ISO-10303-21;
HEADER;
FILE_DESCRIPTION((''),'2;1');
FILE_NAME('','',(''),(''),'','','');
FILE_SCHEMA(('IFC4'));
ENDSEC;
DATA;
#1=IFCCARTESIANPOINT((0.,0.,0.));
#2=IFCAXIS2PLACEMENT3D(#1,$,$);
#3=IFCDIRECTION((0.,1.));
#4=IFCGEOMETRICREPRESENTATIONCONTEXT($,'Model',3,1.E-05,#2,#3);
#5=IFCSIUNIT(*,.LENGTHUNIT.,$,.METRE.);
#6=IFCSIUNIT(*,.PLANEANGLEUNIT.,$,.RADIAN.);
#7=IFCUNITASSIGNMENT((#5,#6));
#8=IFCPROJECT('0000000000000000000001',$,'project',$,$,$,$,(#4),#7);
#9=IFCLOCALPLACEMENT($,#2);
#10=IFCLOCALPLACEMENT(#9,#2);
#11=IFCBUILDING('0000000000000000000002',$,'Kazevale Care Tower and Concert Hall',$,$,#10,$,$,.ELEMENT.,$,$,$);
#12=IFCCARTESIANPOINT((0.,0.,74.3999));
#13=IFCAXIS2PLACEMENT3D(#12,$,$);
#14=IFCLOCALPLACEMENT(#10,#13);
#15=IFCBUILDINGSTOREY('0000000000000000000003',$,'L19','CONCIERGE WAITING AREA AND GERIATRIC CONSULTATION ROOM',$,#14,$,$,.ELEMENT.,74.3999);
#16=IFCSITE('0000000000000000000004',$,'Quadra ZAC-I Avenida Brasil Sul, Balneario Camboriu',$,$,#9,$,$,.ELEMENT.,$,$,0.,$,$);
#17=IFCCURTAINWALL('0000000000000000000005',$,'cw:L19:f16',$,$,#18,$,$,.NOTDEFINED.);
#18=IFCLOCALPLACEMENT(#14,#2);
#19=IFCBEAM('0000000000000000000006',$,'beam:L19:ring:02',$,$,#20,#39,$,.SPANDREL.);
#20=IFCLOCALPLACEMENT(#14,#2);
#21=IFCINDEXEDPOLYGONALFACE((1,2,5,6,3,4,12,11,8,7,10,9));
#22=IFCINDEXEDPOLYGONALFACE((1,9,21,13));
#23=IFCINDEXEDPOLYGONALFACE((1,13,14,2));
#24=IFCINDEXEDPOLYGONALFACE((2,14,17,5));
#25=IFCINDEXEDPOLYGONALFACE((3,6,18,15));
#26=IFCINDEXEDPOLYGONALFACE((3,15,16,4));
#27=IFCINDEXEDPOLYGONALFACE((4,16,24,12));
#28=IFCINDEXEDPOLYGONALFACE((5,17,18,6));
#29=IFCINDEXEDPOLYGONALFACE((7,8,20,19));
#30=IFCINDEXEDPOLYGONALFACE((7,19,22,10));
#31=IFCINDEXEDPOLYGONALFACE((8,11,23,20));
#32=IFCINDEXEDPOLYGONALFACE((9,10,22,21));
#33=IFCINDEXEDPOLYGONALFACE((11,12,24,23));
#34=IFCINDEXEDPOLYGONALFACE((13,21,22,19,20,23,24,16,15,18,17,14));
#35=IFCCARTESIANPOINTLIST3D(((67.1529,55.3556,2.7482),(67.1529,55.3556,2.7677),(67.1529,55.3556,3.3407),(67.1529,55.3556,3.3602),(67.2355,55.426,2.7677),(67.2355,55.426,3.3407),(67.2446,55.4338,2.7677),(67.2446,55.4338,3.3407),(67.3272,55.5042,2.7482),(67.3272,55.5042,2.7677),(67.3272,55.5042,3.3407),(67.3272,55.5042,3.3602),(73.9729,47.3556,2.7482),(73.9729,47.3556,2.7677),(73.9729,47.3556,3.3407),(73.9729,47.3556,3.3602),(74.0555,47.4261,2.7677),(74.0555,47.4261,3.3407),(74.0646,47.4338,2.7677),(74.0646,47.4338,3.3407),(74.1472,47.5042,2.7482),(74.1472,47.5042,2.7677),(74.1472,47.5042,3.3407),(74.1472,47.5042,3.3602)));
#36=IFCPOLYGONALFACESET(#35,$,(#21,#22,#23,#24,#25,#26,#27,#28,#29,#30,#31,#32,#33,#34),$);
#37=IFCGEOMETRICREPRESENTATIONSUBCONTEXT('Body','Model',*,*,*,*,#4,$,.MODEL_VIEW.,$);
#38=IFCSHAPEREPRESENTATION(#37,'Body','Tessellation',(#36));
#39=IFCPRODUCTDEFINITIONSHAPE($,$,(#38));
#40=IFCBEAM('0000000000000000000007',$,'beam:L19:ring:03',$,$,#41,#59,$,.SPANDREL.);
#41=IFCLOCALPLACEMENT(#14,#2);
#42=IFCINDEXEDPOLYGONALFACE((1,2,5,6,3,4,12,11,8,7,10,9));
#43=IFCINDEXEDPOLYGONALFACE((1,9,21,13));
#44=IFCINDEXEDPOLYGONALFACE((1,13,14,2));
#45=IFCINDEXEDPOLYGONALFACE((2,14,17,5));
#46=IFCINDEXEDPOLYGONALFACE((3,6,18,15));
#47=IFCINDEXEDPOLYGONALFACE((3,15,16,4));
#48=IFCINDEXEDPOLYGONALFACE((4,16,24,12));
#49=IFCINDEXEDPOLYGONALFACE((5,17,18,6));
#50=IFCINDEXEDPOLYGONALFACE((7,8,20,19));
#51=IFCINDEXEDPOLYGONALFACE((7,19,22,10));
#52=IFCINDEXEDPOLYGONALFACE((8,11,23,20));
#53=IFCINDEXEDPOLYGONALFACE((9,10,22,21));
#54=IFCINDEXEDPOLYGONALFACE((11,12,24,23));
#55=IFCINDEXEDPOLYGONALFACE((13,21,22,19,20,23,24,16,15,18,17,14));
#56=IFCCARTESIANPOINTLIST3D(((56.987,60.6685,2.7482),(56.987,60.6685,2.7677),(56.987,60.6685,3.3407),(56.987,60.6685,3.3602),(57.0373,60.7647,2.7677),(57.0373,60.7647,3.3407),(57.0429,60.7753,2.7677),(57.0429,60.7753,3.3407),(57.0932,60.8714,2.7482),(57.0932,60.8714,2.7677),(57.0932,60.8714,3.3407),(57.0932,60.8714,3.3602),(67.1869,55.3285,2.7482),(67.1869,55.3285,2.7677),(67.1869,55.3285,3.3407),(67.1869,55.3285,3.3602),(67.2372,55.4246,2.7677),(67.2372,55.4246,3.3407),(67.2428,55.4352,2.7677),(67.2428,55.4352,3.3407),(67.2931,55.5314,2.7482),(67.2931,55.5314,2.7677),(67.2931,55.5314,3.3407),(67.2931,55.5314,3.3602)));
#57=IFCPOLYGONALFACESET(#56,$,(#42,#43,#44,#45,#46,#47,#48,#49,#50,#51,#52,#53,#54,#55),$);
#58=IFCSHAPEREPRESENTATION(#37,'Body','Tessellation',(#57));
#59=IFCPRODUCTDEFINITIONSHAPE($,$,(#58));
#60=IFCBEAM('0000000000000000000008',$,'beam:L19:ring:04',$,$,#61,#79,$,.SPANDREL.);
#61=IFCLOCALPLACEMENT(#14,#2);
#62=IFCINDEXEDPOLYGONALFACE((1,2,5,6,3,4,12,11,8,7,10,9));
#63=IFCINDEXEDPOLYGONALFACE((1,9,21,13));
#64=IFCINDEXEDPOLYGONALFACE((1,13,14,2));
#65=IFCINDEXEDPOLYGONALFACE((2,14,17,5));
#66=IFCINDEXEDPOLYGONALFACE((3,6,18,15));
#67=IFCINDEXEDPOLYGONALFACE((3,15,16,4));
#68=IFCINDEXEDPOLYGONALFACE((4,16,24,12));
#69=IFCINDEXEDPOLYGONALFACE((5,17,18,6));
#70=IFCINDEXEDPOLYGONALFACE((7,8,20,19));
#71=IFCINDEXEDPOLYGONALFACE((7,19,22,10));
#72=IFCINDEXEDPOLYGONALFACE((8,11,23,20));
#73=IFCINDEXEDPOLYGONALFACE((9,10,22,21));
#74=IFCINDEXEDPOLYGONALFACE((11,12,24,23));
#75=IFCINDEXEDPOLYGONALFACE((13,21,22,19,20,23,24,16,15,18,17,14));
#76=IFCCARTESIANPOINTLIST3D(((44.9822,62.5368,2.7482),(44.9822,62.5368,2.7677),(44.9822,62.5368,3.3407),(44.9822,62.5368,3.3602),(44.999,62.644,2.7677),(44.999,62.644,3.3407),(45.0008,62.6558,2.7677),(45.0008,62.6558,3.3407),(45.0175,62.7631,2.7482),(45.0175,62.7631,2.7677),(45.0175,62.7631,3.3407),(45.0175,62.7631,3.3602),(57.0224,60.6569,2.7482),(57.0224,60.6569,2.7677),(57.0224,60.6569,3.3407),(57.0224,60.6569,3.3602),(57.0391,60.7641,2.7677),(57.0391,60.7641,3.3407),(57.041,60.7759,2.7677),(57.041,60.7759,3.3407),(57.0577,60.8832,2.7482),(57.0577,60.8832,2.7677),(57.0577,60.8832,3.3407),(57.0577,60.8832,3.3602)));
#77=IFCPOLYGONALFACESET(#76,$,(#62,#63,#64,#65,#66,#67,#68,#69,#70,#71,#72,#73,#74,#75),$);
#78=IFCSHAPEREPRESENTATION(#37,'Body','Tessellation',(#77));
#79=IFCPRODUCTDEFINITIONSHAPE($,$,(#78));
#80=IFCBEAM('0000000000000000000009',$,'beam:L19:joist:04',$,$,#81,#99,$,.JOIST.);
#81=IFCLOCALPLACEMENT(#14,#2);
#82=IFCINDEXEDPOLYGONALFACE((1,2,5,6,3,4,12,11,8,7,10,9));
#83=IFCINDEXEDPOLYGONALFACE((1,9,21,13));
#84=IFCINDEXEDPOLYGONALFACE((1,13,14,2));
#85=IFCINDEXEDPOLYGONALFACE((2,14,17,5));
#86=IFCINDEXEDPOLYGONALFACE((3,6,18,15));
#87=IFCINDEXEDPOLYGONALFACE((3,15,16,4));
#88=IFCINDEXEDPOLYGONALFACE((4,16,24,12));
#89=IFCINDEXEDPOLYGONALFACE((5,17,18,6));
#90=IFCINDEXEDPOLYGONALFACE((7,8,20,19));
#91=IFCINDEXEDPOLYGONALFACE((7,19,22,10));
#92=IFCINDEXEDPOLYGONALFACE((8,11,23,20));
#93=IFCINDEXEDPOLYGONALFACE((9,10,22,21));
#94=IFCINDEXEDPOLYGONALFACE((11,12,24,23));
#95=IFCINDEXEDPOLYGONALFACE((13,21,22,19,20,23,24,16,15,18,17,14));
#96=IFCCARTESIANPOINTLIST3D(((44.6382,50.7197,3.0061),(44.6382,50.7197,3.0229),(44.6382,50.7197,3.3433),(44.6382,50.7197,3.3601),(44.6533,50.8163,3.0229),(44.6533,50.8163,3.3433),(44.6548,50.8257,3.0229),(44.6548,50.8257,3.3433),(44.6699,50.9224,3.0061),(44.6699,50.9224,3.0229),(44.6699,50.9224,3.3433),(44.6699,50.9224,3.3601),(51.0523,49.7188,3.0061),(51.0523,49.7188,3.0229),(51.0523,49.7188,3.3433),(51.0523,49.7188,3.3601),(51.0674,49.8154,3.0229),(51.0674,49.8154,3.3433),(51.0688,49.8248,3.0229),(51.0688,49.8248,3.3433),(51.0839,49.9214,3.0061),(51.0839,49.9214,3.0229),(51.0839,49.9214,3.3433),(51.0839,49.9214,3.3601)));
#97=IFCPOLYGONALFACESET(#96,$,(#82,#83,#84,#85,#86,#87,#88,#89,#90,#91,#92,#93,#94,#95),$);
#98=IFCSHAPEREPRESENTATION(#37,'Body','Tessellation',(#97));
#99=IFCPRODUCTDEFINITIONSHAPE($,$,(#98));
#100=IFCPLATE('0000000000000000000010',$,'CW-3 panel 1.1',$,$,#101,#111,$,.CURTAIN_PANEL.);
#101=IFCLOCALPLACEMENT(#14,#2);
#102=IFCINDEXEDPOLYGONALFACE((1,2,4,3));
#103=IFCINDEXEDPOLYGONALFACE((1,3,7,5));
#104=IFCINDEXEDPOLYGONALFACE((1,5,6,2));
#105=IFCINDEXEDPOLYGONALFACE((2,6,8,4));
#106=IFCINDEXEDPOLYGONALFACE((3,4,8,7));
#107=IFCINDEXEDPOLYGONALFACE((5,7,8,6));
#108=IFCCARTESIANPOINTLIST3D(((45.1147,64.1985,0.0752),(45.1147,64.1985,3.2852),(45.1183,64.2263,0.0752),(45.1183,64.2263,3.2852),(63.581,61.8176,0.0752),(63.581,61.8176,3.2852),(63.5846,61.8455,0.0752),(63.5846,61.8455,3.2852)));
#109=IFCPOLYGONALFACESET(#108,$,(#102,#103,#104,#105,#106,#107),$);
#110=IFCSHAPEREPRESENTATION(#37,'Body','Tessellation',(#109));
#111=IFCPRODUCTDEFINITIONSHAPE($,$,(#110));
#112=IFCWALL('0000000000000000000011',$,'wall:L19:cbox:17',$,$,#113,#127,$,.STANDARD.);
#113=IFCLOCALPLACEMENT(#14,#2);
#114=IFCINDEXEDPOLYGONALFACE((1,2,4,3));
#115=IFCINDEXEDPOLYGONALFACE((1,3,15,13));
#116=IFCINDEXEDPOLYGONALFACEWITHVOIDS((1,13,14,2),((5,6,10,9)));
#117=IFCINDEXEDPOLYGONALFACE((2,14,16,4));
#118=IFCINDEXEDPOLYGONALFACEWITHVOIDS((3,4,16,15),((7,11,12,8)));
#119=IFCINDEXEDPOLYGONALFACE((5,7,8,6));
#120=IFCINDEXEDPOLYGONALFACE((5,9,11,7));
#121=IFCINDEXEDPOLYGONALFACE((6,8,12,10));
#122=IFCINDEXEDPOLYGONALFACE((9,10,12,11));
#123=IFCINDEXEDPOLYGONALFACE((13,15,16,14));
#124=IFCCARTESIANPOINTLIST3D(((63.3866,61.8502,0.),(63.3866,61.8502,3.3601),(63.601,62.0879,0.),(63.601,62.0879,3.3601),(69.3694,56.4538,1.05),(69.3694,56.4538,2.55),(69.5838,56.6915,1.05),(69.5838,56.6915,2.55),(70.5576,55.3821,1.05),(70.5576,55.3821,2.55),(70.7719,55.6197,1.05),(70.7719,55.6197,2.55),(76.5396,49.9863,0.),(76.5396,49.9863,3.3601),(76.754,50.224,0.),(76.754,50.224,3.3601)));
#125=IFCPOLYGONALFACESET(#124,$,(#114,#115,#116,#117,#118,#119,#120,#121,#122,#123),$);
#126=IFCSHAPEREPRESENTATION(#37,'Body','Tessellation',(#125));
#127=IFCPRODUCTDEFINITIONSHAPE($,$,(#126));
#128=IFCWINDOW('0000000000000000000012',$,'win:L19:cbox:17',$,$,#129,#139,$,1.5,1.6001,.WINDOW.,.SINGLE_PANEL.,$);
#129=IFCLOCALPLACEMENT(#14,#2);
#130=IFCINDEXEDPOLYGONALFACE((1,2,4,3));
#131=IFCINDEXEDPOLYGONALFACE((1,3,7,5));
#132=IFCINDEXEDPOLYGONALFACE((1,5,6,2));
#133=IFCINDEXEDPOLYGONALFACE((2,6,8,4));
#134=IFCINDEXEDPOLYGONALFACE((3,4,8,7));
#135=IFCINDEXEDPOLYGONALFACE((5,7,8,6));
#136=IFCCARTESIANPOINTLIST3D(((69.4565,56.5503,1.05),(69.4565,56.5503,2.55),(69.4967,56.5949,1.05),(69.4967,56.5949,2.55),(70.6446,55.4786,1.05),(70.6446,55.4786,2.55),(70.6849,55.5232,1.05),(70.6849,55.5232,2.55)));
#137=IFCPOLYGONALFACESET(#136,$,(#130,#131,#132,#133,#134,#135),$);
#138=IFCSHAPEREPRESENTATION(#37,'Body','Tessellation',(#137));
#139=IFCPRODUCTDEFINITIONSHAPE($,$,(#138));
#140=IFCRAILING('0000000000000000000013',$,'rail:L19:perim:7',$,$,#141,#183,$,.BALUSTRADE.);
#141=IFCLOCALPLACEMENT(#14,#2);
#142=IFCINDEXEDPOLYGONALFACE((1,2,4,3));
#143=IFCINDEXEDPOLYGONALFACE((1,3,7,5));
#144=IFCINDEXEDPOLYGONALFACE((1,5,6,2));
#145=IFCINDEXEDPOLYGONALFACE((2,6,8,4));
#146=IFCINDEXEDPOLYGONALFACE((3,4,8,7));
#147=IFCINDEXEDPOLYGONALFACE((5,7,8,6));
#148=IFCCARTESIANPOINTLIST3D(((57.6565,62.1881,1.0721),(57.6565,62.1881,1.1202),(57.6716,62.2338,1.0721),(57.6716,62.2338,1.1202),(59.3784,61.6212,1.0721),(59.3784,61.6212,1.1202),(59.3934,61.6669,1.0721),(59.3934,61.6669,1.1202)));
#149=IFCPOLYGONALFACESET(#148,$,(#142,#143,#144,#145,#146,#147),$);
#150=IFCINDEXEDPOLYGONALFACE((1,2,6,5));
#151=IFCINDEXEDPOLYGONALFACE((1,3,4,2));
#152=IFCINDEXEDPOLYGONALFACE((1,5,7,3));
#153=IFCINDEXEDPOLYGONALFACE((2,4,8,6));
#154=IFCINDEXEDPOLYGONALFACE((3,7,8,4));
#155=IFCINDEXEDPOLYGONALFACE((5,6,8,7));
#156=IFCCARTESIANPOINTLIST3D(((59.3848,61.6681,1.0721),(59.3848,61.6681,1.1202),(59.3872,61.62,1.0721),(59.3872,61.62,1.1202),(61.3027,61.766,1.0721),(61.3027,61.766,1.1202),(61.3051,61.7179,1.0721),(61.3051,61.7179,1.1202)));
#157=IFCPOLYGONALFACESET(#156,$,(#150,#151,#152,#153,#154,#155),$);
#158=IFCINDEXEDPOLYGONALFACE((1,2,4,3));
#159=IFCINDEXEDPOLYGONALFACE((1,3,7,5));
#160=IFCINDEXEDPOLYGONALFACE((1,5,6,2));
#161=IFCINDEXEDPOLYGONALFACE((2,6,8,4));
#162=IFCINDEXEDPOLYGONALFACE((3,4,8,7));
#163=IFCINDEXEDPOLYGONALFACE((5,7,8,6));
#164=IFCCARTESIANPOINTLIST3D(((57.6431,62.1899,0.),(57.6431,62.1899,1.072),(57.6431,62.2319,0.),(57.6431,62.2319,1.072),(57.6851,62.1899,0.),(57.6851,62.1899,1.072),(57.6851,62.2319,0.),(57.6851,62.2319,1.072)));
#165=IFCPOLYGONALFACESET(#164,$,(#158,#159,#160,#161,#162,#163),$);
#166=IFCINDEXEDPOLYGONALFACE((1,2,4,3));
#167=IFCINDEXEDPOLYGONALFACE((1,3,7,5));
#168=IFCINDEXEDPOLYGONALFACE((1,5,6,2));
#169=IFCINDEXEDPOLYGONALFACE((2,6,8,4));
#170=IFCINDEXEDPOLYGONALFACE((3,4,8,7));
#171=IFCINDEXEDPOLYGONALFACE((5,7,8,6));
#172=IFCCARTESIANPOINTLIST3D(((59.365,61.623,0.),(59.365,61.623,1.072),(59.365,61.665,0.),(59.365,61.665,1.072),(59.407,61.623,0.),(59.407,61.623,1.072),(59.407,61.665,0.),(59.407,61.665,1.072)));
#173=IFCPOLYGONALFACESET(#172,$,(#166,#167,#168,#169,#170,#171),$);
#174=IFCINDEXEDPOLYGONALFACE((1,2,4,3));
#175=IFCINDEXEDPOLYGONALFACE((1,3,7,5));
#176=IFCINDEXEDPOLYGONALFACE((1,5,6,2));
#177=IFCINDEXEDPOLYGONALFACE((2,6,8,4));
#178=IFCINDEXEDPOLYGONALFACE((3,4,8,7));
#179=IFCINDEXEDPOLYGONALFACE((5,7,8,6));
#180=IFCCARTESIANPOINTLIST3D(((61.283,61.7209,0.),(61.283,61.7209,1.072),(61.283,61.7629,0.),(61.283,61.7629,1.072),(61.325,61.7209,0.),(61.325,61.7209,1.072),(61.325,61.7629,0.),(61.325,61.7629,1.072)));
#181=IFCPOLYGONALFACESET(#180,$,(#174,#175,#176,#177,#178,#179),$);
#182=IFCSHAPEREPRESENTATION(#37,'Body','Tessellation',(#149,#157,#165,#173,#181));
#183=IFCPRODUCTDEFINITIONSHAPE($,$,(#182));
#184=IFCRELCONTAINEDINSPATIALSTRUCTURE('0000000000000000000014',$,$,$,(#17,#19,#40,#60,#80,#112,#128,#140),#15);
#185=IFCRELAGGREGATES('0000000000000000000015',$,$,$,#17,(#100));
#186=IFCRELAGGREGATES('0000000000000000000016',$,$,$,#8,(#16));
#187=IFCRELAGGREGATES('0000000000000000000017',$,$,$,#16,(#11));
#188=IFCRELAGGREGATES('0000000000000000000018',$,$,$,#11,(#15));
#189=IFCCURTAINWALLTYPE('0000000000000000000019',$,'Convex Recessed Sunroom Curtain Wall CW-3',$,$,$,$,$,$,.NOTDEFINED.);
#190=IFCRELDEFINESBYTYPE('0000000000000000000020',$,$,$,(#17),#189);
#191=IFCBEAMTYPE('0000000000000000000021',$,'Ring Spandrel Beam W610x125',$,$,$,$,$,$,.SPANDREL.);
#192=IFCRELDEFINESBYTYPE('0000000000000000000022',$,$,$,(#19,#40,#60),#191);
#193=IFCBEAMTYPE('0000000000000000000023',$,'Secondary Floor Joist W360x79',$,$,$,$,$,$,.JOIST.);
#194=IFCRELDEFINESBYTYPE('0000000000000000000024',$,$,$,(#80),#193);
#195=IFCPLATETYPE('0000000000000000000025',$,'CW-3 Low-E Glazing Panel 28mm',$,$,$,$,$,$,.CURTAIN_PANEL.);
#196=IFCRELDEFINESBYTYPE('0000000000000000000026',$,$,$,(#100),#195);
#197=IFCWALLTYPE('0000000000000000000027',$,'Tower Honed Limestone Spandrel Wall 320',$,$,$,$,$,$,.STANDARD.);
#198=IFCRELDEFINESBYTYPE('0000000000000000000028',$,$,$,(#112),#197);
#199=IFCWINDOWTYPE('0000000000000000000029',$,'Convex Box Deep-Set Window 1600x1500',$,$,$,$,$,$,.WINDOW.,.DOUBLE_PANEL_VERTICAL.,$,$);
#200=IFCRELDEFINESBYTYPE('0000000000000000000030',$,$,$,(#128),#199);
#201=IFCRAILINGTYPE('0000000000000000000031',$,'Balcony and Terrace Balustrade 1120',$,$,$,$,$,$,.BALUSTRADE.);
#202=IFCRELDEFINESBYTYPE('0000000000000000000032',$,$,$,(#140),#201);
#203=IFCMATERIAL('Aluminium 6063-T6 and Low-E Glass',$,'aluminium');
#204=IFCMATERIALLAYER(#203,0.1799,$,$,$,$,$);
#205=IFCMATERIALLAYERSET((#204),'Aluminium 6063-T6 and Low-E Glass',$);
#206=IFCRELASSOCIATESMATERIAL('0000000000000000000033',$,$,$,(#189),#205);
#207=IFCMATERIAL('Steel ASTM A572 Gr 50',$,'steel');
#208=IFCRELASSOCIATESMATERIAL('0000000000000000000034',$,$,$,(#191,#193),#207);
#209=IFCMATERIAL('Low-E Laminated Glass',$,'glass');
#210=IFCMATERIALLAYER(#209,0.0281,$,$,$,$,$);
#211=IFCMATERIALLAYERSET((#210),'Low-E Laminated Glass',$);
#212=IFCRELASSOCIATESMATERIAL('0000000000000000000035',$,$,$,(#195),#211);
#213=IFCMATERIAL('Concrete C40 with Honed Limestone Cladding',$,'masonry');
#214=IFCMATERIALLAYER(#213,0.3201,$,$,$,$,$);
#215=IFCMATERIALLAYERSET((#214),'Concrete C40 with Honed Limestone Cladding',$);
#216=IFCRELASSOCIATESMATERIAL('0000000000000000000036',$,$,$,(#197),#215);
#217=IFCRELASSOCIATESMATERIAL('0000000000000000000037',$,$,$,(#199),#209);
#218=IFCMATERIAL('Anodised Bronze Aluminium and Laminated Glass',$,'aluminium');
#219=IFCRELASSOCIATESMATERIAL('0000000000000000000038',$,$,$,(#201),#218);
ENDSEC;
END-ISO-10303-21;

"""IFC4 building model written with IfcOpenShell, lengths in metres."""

from ifc_helpers import new_model, si_unit, direction, frame, frame_2d, origin, origin_2d, place, context, subcontext, project, spatial, rectangle, i_section, extrude, material, layer, layer_set, material_profile, profile_set, type_object, element, fill, aggregate, save


model = new_model("IFC4")

# Units and contexts
model_context = context("Model", 3, precision=1e-05, world=origin(), true_north=direction((0.0, 1.0)))
body_context = subcontext(model_context, "Body", "Model", "MODEL_VIEW")
ifc_project = project(units=[si_unit("LENGTHUNIT", "METRE"), si_unit("PLANEANGLEUNIT", "RADIAN")], contexts=[model_context])

# Site, building, storey
site_placement = place(None, origin())
site = spatial("IfcSite", under=ifc_project, at=site_placement, Name="Quadra ZAC-I Avenida Brasil Sul, Balneario Camboriu", CompositionType="ELEMENT", RefElevation=0.0)
building_placement = place(site_placement, origin())
building = spatial("IfcBuilding", under=site, at=building_placement, Name="Kazevale Care Tower and Concert Hall", CompositionType="ELEMENT")
storey_placement = place(building_placement, frame((0.0, 0.0, 74.3999)))
storey = spatial("IfcBuildingStorey", under=building, at=storey_placement, Name="L19", Description="CONCIERGE WAITING AREA AND GERIATRIC CONSULTATION ROOM", CompositionType="ELEMENT", Elevation=74.3999)

# Curtain wall
ifc_material_1 = material(Name="Aluminium 6063-T6 and Low-E Glass", Category="aluminium")
ifc_layer_1 = layer(ifc_material_1, 0.1799)
ifc_layer_set_1 = layer_set([ifc_layer_1], Name="Aluminium 6063-T6 and Low-E Glass")
curtain_wall_type_1 = type_object("IfcCurtainWallType", Name="Convex Recessed Sunroom Curtain Wall CW-3", PredefinedType="NOTDEFINED", material=ifc_layer_set_1)
curtain_wall_1_placement = place(storey_placement, origin())
curtain_wall_1 = element("IfcCurtainWall", 1, at=curtain_wall_1_placement, inside=storey, type_object=curtain_wall_type_1, Name="cw:L19:f16", PredefinedType="NOTDEFINED")

# Beams
ifc_material_2 = material(Name="Steel ASTM A572 Gr 50", Category="steel")
ifc_material_profile_1 = material_profile(ifc_material_2, i_section(OverallWidth=0.229, OverallDepth=0.6121, WebThickness=0.012, FlangeThickness=0.0195, at=origin_2d()), Name="W610x125")
ifc_profile_set_1 = profile_set([ifc_material_profile_1], Name="Steel ASTM A572 Gr 50")
beam_type_1 = type_object("IfcBeamType", Name="Ring Spandrel Beam W610x125", PredefinedType="SPANDREL", material=ifc_profile_set_1)
beam_1_placement = place(storey_placement, frame((74.0601, 47.4299, 3.0542), z_axis=(-0.648756, 0.760996, 0.0), x_axis=(-0.760996, -0.648756, 0.0)))
element("IfcBeam", 2, at=beam_1_placement, inside=storey, type_object=beam_type_1, Name="beam:L19:ring:02", PredefinedType="SPANDREL", context=body_context, shape_type="SweptSolid", body=[
    extrude(i_section(OverallWidth=0.229, OverallDepth=0.6121, WebThickness=0.012, FlangeThickness=0.0195, at=origin_2d()), origin(), (0.0, 0.0, 1.0), 10.5125),
])
beam_2_placement = place(storey_placement, frame((67.24, 55.4299, 3.0542), z_axis=(-0.885929, 0.46382, 0.0), x_axis=(-0.46382, -0.885929, 0.0)))
element("IfcBeam", 3, at=beam_2_placement, inside=storey, type_object=beam_type_1, Name="beam:L19:ring:03", PredefinedType="SPANDREL", context=body_context, shape_type="SweptSolid", body=[
    extrude(i_section(OverallWidth=0.229, OverallDepth=0.6121, WebThickness=0.012, FlangeThickness=0.0195, at=origin_2d()), origin(), (0.0, 0.0, 1.0), 11.5132),
])
beam_3_placement = place(storey_placement, frame((57.04, 60.77, 3.0542), z_axis=(-0.988029, 0.154267, 0.0), x_axis=(-0.154267, -0.988029, 0.0)))
element("IfcBeam", 4, at=beam_3_placement, inside=storey, type_object=beam_type_1, Name="beam:L19:ring:04", PredefinedType="SPANDREL", context=body_context, shape_type="SweptSolid", body=[
    extrude(i_section(OverallWidth=0.229, OverallDepth=0.6121, WebThickness=0.012, FlangeThickness=0.0195, at=origin_2d()), origin(), (0.0, 0.0, 1.0), 12.186),
])
ifc_material_profile_2 = material_profile(ifc_material_2, i_section(OverallWidth=0.2051, OverallDepth=0.354, WebThickness=0.0095, FlangeThickness=0.0168, at=origin_2d()), Name="W360x79")
ifc_profile_set_2 = profile_set([ifc_material_profile_2], Name="Steel ASTM A572 Gr 50")
beam_type_2 = type_object("IfcBeamType", Name="Secondary Floor Joist W360x79", PredefinedType="JOIST", material=ifc_profile_set_2)
beam_4_placement = place(storey_placement, frame((51.0681, 49.8201, 3.1831), z_axis=(-0.988041, 0.154193, 0.0), x_axis=(-0.154193, -0.988041, 0.0)))
element("IfcBeam", 5, at=beam_4_placement, inside=storey, type_object=beam_type_2, Name="beam:L19:joist:04", PredefinedType="JOIST", context=body_context, shape_type="SweptSolid", body=[
    extrude(i_section(OverallWidth=0.2051, OverallDepth=0.354, WebThickness=0.0095, FlangeThickness=0.0168, at=origin_2d()), origin(), (0.0, 0.0, 1.0), 6.4917),
])

# Plate
ifc_material_3 = material(Name="Low-E Laminated Glass", Category="glass")
ifc_layer_2 = layer(ifc_material_3, 0.0281)
ifc_layer_set_2 = layer_set([ifc_layer_2], Name="Low-E Laminated Glass")
plate_type = type_object("IfcPlateType", Name="CW-3 Low-E Glazing Panel 28mm", PredefinedType="CURTAIN_PANEL", material=ifc_layer_set_2)
plate_placement = place(storey_placement, frame((54.3496, 63.022, 0.0752), z_axis=(0.0, 0.0, 1.0), x_axis=(0.991791, -0.12787, 0.0)))
plate = element("IfcPlate", 6, at=plate_placement, type_object=plate_type, Name="CW-3 panel 1.1", PredefinedType="CURTAIN_PANEL", context=body_context, shape_type="SweptSolid", body=[
    extrude(rectangle(XDim=18.6191, YDim=0.0281, at=origin_2d()), origin(), (0.0, 0.0, 1.0), 3.21),
])
aggregate(curtain_wall_1, [plate])

# Wall, opening, window
ifc_material_4 = material(Name="Concrete C40 with Honed Limestone Cladding", Category="masonry")
ifc_layer_3 = layer(ifc_material_4, 0.3201)
ifc_layer_set_3 = layer_set([ifc_layer_3], Name="Concrete C40 with Honed Limestone Cladding")
wall_type = type_object("IfcWallType", Name="Tower Honed Limestone Spandrel Wall 320", PredefinedType="STANDARD", material=ifc_layer_set_3)
wall_placement = place(storey_placement, frame((63.4939, 61.969, 0.0), z_axis=(0.0, 0.0, 1.0), x_axis=(0.742557, -0.669783, 0.0)))
wall = element("IfcWall", 7, at=wall_placement, inside=storey, type_object=wall_type, Name="wall:L19:cbox:17", PredefinedType="STANDARD", context=body_context, shape_type="SweptSolid", body=[
    extrude(rectangle(XDim=17.7131, YDim=0.3201, at=frame_2d((8.8564, 0.0))), origin(), (0.0, 0.0, 1.0), 3.3601),
])
opening_placement = place(wall_placement, frame((8.0569, 0.0, 1.05)))
opening = element("IfcOpeningElement", 8, at=opening_placement, cuts=wall, PredefinedType="OPENING", context=body_context, shape_type="SweptSolid", body=[
    extrude(rectangle(XDim=1.6001, YDim=1.5, at=frame_2d((0.8, 0.75))), frame((0.0, 0.1699, 0.0), z_axis=(0.0, -1.0, 0.0), x_axis=(1.0, 0.0, 0.0)), (0.0, 0.0, 1.0), 0.3401),
])
window_type = type_object("IfcWindowType", Name="Convex Box Deep-Set Window 1600x1500", PartitioningType="DOUBLE_PANEL_VERTICAL", PredefinedType="WINDOW", material=ifc_material_3)
window_placement = place(opening_placement, origin())
window = element("IfcWindow", 9, at=window_placement, inside=storey, type_object=window_type, Name="win:L19:cbox:17", OverallHeight=1.5, OverallWidth=1.6001, PartitioningType="SINGLE_PANEL", PredefinedType="WINDOW", context=body_context, shape_type="SweptSolid", body=[
    extrude(rectangle(XDim=1.6001, YDim=1.5, at=frame_2d((0.8, 0.75))), frame((0.0, 0.03, 0.0), z_axis=(0.0, -1.0, 0.0), x_axis=(1.0, 0.0, 0.0)), (0.0, 0.0, 1.0), 0.0601),
])
fill(opening, window)

# Railing
ifc_material_5 = material(Name="Anodised Bronze Aluminium and Laminated Glass", Category="aluminium")
railing_type = type_object("IfcRailingType", Name="Balcony and Terrace Balustrade 1120", PredefinedType="BALUSTRADE", material=ifc_material_5)
railing_1_placement = place(storey_placement, frame((57.6641, 62.2109, 0.0)))
element("IfcRailing", 10, at=railing_1_placement, inside=storey, type_object=railing_type, Name="rail:L19:perim:7", PredefinedType="BALUSTRADE", context=body_context, shape_type="SweptSolid", body=[
    extrude(rectangle(XDim=0.0481, YDim=0.0481, at=origin_2d()), frame((0.0, 0.0, 1.0962), z_axis=(0.949848, -0.312711, 0.0), x_axis=(0.312711, 0.949848, 0.0)), (0.0, 0.0, 1.0), 1.8127),
    extrude(rectangle(XDim=0.0481, YDim=0.0481, at=origin_2d()), frame((1.7219, -0.5669, 1.0962), z_axis=(0.9987, 0.050977, 0.0), x_axis=(-0.050977, 0.9987, 0.0)), (0.0, 0.0, 1.0), 1.9204),
    extrude(rectangle(XDim=0.042, YDim=0.042, at=origin_2d()), origin(), (0.0, 0.0, 1.0), 1.072),
    extrude(rectangle(XDim=0.042, YDim=0.042, at=origin_2d()), frame((1.7219, -0.5669, 0.0)), (0.0, 0.0, 1.0), 1.072),
    extrude(rectangle(XDim=0.042, YDim=0.042, at=origin_2d()), frame((3.6399, -0.469, 0.0)), (0.0, 0.0, 1.0), 1.072),
])

save(model, "model.ifc")
